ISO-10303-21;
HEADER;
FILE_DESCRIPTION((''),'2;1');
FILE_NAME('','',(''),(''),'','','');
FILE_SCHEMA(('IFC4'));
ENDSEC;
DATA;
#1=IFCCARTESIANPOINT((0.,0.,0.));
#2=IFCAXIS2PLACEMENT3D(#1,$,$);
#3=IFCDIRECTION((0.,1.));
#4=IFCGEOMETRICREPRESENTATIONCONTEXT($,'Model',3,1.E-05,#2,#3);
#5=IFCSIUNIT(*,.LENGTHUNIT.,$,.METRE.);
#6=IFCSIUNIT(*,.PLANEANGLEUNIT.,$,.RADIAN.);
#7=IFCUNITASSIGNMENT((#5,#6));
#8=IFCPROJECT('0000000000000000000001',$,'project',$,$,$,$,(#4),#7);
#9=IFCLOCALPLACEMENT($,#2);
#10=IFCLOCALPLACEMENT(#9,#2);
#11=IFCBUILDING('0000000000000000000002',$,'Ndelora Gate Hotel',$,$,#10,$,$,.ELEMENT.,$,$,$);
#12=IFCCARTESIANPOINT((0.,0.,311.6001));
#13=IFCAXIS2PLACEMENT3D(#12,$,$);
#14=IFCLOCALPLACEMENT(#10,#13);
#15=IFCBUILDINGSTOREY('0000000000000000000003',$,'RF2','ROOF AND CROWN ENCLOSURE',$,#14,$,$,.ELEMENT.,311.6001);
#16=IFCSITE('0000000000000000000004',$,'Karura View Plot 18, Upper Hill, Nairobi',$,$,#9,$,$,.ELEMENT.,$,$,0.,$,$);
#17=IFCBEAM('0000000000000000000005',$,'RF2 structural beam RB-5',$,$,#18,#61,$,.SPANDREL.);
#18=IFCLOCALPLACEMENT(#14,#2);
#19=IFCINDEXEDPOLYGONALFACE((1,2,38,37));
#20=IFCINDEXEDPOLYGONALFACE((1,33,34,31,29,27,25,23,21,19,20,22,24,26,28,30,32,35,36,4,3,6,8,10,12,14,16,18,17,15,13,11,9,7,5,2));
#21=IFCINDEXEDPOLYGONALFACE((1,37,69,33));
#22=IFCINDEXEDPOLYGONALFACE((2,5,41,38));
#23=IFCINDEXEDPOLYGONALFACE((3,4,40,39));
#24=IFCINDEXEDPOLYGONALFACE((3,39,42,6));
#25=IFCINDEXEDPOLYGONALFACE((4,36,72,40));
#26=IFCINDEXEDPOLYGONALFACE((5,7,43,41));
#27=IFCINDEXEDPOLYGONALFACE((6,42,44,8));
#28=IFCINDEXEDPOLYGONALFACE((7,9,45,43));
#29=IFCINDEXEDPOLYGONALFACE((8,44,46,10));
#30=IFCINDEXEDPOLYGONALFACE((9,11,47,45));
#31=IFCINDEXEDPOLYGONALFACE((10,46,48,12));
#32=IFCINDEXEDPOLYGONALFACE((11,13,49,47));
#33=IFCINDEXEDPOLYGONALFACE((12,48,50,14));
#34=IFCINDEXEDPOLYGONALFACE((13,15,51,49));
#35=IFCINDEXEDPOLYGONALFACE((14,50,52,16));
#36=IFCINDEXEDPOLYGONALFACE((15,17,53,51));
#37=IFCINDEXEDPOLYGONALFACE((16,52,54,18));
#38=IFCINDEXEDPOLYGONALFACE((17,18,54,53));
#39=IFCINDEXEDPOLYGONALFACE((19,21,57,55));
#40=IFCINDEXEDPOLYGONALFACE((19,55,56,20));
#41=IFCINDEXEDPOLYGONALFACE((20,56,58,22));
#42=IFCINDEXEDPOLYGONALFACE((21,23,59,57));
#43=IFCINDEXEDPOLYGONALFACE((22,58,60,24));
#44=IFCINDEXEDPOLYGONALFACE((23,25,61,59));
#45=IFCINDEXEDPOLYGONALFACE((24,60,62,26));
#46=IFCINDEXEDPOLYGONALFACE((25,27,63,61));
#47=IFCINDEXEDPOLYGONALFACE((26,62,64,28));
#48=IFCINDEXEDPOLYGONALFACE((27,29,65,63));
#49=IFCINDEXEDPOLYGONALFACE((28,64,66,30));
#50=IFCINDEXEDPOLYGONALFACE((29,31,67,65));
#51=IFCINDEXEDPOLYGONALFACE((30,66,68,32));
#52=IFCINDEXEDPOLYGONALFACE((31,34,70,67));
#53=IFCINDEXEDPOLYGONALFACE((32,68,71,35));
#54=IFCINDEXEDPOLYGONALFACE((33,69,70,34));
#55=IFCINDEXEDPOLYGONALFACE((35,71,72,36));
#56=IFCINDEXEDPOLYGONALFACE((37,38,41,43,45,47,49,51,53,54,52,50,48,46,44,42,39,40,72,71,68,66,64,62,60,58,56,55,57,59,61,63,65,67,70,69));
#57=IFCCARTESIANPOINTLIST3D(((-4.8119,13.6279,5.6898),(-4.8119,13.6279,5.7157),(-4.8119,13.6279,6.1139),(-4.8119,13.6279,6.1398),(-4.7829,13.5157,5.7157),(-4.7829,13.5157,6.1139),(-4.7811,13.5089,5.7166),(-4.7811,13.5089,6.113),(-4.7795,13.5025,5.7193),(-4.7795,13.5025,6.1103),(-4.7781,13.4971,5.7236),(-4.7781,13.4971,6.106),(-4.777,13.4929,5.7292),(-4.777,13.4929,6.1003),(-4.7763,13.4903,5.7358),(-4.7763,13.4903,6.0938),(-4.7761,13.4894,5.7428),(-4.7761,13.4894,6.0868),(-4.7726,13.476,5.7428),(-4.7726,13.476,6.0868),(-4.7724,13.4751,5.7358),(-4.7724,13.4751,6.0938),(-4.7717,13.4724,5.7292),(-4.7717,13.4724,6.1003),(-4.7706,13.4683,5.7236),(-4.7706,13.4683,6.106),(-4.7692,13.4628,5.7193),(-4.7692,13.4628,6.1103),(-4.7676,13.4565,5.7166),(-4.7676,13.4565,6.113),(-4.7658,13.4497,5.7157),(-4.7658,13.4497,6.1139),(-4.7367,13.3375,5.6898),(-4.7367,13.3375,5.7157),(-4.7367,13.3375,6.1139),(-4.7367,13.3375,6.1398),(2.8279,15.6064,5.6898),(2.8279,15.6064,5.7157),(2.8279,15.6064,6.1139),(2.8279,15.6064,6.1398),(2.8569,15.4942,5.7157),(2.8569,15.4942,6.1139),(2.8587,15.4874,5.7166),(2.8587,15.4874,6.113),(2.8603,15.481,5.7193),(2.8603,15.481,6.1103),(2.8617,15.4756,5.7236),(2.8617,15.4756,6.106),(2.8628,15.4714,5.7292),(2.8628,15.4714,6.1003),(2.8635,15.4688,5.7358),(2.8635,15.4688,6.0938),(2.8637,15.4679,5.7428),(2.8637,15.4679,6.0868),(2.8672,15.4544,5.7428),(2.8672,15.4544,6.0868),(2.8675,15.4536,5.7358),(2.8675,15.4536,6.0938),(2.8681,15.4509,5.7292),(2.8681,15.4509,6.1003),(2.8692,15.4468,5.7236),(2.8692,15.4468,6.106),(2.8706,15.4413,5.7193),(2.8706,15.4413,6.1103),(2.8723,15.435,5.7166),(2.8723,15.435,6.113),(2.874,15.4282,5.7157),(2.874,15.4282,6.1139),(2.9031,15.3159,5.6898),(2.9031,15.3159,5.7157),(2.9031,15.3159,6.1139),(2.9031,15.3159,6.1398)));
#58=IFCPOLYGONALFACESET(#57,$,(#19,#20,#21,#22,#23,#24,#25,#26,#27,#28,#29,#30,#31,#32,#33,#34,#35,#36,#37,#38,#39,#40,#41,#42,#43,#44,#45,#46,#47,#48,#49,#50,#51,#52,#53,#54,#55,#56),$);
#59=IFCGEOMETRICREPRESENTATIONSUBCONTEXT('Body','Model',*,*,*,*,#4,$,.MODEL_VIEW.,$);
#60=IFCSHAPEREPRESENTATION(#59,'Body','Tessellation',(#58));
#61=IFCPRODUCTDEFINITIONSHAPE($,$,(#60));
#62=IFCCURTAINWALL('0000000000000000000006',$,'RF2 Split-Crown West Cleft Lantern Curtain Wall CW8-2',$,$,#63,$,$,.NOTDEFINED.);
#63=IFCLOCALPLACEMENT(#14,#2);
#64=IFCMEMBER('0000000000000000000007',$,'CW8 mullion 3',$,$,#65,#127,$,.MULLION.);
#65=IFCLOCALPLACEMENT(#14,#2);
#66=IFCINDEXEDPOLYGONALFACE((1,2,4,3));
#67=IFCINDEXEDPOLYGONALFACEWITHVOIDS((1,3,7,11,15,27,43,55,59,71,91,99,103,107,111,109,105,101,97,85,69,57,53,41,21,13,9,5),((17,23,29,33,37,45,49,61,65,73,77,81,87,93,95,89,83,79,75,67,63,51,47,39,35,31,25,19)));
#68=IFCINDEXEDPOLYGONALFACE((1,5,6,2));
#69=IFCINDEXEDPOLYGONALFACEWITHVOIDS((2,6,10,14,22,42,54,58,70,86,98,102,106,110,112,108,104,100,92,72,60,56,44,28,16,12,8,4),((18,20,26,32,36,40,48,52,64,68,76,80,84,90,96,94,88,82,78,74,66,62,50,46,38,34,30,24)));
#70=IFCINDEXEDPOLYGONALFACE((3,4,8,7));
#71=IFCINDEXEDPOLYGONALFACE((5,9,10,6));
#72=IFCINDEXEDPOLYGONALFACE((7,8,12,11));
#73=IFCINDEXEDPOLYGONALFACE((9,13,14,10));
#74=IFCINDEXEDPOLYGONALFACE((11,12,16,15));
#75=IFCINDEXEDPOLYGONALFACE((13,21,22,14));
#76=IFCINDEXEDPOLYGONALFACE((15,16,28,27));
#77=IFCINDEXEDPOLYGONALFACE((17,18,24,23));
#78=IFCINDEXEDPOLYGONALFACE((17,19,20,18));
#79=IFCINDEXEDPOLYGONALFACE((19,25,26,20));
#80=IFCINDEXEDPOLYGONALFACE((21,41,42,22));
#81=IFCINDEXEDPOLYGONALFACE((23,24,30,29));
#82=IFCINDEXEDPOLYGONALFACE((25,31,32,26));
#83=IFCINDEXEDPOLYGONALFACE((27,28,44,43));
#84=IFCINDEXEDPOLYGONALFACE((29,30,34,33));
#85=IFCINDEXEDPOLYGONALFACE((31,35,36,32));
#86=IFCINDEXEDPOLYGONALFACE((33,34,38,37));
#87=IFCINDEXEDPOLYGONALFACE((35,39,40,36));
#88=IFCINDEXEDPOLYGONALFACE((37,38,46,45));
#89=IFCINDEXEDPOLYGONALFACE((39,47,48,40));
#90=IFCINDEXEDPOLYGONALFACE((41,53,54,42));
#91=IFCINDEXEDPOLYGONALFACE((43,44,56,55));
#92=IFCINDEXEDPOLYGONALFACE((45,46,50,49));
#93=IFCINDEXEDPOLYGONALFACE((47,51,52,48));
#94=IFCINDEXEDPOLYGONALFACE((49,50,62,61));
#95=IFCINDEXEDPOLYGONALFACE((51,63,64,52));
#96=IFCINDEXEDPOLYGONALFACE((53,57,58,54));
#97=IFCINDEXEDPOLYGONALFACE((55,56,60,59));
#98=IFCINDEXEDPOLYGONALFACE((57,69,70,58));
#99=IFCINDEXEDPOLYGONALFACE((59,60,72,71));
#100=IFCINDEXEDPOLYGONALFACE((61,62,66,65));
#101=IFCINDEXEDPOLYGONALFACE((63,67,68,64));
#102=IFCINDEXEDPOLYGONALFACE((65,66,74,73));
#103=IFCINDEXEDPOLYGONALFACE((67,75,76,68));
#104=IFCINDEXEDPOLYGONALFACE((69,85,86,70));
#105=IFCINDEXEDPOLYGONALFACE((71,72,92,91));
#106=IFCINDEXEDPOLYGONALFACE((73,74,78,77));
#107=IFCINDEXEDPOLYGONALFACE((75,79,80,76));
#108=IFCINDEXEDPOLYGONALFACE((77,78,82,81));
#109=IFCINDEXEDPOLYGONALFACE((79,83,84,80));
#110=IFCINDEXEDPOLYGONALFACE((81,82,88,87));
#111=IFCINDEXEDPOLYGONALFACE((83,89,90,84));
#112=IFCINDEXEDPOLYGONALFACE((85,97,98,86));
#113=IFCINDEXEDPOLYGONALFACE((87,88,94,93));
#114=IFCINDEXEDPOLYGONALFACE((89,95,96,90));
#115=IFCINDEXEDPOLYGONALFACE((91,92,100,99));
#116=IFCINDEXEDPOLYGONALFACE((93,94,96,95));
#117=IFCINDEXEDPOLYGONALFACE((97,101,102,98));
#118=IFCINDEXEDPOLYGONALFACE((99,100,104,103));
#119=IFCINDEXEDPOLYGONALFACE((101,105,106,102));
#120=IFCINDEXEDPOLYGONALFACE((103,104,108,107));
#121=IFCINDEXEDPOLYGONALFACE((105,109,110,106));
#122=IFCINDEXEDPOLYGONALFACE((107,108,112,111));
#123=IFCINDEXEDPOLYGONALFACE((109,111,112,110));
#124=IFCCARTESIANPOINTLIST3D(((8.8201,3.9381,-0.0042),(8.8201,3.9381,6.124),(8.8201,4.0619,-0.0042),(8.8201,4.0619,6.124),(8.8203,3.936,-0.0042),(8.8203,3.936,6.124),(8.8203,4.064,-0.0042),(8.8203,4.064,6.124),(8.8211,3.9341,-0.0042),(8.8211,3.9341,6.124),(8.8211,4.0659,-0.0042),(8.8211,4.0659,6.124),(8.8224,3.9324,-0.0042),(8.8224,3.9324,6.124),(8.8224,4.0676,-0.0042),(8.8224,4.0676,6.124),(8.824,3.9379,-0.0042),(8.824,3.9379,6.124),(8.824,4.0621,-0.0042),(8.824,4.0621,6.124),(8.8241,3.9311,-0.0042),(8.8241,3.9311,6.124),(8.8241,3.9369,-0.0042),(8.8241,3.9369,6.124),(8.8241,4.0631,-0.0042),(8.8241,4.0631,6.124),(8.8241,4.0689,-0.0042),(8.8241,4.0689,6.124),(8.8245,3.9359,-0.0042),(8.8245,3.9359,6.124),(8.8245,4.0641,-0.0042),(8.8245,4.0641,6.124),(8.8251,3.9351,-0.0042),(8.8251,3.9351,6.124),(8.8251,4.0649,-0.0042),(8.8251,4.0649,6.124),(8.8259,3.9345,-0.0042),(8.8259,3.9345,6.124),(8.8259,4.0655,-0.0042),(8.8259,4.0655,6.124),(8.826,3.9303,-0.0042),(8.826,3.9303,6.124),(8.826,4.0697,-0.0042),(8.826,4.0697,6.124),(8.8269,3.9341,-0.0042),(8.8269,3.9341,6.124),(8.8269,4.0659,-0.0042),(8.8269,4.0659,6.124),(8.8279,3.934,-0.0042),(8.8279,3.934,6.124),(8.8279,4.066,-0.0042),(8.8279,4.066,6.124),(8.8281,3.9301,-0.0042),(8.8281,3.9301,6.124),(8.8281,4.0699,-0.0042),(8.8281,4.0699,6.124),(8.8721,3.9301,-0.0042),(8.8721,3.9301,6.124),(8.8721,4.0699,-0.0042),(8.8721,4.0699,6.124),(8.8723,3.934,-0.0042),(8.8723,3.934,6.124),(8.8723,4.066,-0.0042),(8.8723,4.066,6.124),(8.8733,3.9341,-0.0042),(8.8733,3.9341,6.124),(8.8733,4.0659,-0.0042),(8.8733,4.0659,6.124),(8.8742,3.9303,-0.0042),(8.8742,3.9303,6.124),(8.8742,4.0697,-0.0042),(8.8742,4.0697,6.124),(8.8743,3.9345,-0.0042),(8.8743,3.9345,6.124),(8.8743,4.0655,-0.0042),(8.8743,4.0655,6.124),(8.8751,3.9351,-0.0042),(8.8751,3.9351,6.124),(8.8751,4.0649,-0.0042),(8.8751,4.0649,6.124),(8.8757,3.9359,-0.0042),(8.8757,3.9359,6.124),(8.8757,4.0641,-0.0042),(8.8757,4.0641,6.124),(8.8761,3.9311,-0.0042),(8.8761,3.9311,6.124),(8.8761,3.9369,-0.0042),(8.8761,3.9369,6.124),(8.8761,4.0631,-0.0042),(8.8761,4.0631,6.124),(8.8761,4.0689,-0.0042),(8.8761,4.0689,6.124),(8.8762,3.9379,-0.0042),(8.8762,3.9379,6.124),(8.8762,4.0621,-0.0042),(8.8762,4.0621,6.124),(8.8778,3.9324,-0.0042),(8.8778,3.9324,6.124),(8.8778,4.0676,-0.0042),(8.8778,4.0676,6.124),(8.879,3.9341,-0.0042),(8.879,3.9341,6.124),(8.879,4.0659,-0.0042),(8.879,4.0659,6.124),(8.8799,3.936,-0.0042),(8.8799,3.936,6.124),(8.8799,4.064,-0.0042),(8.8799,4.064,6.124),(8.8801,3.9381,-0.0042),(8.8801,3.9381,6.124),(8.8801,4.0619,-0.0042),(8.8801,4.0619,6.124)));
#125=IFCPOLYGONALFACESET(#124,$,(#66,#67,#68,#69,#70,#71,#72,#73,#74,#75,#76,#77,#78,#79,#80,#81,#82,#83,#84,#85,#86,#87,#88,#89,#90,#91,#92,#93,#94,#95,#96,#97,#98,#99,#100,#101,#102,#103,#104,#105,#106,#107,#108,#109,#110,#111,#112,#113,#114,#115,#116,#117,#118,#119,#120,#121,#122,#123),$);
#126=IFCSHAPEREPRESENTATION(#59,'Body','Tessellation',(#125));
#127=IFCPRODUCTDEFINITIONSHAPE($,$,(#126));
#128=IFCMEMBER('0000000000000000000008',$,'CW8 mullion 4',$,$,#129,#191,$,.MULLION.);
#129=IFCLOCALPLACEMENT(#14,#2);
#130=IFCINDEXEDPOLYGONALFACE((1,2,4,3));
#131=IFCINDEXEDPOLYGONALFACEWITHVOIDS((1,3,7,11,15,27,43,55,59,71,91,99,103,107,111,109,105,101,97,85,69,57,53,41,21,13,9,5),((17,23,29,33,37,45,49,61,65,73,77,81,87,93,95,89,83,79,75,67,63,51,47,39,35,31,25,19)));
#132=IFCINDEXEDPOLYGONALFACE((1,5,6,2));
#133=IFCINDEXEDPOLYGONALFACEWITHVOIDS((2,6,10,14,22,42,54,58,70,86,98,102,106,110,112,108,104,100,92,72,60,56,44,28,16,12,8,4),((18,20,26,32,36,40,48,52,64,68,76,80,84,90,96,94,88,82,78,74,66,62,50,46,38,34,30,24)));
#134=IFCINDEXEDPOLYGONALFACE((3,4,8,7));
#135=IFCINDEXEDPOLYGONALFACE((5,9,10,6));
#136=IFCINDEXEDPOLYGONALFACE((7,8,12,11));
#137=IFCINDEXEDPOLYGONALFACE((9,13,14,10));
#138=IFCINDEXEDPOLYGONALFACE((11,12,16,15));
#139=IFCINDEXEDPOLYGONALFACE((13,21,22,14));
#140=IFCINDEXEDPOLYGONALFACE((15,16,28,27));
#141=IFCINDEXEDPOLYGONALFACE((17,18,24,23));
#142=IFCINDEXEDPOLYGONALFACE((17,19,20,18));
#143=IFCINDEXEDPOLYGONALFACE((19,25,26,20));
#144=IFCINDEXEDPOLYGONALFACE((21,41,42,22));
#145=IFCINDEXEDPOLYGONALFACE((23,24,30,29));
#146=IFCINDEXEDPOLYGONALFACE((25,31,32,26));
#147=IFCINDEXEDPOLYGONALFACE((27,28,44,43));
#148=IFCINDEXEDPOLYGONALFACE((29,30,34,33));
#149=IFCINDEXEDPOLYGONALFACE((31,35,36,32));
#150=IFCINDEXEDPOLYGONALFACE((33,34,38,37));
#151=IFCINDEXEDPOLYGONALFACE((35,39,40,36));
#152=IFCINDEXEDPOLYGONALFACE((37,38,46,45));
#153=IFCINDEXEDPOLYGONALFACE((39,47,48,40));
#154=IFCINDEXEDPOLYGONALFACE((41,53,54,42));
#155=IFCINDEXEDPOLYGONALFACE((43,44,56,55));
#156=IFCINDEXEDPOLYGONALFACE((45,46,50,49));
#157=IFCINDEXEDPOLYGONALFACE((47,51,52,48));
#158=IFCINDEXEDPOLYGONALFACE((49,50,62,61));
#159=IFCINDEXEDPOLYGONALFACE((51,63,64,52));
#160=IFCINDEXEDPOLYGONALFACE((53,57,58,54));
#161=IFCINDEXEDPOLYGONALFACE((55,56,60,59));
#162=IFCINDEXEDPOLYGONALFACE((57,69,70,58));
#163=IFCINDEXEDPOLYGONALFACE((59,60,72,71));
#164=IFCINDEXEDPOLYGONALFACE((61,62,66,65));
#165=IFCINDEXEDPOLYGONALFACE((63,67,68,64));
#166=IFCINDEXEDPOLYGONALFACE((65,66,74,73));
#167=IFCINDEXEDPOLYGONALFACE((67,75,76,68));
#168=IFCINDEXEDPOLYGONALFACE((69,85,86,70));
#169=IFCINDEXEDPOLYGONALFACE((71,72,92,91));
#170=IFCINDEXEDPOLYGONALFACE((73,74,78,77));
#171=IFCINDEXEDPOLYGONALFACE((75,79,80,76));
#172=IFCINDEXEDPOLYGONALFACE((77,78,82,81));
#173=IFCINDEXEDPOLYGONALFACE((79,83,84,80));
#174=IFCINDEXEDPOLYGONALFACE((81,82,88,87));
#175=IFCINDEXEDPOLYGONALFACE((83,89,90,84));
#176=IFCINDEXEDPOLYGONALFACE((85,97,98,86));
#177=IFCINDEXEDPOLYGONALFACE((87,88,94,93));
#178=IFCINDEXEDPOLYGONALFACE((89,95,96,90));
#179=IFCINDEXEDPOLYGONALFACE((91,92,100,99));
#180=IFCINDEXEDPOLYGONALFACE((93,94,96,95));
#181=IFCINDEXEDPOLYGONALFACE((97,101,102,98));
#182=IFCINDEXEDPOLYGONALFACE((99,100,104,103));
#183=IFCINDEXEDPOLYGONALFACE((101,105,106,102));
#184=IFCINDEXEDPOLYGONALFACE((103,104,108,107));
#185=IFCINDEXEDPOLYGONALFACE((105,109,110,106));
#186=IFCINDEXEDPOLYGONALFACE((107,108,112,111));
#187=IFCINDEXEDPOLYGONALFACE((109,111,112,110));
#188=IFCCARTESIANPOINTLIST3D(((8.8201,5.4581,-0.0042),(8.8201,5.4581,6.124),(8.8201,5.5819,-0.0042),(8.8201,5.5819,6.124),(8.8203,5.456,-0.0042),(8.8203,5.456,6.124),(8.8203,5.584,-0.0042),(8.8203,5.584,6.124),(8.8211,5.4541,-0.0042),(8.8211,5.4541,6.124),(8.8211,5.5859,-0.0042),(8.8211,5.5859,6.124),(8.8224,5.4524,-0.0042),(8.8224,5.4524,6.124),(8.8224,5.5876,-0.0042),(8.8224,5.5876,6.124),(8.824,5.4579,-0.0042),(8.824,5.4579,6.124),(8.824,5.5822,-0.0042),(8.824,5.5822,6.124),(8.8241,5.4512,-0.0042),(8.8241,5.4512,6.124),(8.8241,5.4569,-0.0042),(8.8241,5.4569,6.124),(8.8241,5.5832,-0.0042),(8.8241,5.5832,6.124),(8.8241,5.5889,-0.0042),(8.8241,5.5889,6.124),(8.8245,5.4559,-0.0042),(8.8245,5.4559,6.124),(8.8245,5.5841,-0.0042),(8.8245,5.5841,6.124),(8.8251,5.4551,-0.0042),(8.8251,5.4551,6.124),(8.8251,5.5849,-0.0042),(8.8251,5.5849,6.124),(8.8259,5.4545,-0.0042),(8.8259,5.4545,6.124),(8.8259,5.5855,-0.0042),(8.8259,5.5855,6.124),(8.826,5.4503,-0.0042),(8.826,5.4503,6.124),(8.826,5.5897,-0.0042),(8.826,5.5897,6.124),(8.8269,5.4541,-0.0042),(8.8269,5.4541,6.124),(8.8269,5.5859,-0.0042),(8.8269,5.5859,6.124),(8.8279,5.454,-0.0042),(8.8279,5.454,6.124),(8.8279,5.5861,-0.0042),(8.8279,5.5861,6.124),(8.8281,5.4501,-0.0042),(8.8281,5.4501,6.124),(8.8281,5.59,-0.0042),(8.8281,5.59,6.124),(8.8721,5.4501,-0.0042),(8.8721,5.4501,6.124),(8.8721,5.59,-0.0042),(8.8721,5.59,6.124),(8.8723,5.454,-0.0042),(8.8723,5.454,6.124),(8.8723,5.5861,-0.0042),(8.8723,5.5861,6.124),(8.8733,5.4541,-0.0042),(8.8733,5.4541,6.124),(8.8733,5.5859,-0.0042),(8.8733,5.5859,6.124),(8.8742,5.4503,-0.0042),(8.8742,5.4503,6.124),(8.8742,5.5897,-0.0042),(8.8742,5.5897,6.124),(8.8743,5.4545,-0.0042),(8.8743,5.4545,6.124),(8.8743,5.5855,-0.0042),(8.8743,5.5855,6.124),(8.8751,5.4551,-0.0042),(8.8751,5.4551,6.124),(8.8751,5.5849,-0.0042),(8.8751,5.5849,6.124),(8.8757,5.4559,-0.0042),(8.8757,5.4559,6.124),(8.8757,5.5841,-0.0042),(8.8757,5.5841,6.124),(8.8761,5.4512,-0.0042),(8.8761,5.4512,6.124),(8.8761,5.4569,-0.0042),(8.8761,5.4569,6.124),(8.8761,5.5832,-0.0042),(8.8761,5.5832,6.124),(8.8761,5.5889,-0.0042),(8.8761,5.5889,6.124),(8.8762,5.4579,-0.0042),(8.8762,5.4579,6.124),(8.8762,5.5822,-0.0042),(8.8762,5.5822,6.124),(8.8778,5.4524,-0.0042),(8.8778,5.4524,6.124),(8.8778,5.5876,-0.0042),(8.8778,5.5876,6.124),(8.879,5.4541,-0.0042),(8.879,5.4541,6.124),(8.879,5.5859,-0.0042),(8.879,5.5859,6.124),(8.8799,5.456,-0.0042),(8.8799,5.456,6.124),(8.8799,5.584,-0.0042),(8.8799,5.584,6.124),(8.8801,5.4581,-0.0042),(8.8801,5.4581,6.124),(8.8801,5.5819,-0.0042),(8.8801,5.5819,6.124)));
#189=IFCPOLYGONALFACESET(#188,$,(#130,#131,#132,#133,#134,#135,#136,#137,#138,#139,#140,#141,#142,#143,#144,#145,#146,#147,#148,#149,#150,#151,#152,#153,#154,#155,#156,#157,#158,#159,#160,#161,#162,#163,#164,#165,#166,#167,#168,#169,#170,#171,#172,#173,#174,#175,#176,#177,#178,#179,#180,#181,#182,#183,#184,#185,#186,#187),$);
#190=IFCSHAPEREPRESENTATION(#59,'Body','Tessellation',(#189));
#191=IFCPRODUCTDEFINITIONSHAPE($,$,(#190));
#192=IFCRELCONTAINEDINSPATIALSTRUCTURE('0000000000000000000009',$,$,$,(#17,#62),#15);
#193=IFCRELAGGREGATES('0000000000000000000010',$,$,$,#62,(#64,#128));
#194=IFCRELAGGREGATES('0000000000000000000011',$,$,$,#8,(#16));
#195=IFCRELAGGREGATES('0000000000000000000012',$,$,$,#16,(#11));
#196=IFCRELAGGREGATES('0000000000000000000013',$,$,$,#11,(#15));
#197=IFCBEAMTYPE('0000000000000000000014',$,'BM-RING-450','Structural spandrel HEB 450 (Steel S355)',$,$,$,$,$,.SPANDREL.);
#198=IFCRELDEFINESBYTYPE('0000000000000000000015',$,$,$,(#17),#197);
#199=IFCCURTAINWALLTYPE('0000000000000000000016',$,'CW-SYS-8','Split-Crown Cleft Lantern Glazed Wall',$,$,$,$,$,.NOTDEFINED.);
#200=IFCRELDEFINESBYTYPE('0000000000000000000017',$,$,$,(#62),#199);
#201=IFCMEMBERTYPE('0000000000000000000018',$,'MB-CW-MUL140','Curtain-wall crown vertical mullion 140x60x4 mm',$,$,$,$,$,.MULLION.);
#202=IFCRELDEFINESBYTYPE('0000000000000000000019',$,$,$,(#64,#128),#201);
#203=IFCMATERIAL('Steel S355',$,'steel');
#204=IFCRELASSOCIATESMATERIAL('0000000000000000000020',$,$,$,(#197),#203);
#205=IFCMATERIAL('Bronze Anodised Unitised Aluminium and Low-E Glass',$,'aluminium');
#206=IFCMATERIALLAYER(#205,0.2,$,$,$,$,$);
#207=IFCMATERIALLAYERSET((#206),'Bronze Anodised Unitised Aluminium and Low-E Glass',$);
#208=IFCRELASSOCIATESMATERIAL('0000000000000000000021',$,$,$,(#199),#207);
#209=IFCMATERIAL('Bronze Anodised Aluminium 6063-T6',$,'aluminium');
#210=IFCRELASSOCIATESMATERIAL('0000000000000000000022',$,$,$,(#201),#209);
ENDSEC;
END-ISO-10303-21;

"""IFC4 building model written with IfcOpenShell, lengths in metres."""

from ifc_helpers import new_model, si_unit, direction, frame, origin, origin_2d, place, context, subcontext, project, spatial, hollow_rectangle, i_section, extrude, material, layer, layer_set, material_profile, profile_set, type_object, element, aggregate, save


model = new_model("IFC4")

# Units and contexts
model_context = context("Model", 3, precision=1e-05, world=origin(), true_north=direction((0.0, 1.0)))
body_context = subcontext(model_context, "Body", "Model", "MODEL_VIEW")
ifc_project = project(units=[si_unit("LENGTHUNIT", "METRE"), si_unit("PLANEANGLEUNIT", "RADIAN")], contexts=[model_context])

# Site, building, storey
site_placement = place(None, origin())
site = spatial("IfcSite", under=ifc_project, at=site_placement, Name="Karura View Plot 18, Upper Hill, Nairobi", CompositionType="ELEMENT", RefElevation=0.0)
building_placement = place(site_placement, origin())
building = spatial("IfcBuilding", under=site, at=building_placement, Name="Ndelora Gate Hotel", CompositionType="ELEMENT")
storey_placement = place(building_placement, frame((0.0, 0.0, 311.6001)))
storey = spatial("IfcBuildingStorey", under=building, at=storey_placement, Name="RF2", Description="ROOF AND CROWN ENCLOSURE", CompositionType="ELEMENT", Elevation=311.6001)

# Beam
ifc_material_1 = material(Name="Steel S355", Category="steel")
ifc_material_profile_1 = material_profile(ifc_material_1, i_section(OverallWidth=0.3, OverallDepth=0.45, WebThickness=0.0139, FlangeThickness=0.0259, FilletRadius=0.0271, at=origin_2d()), Name="HEB 450")
ifc_profile_set_1 = profile_set([ifc_material_profile_1], Name="Steel S355")
beam_type_1 = type_object("IfcBeamType", Name="BM-RING-450", Description="Structural spandrel HEB 450 (Steel S355)", PredefinedType="SPANDREL", material=ifc_profile_set_1)
beam_1_placement = place(storey_placement, frame((2.8655, 15.4612, 5.9148), z_axis=(-0.968064, -0.250701, 0.0), x_axis=(0.250701, -0.968064, 0.0)))
element("IfcBeam", 1, at=beam_1_placement, inside=storey, type_object=beam_type_1, Name="RF2 structural beam RB-5", PredefinedType="SPANDREL", context=body_context, shape_type="SweptSolid", body=[
    extrude(i_section(OverallWidth=0.3, OverallDepth=0.45, WebThickness=0.0139, FlangeThickness=0.0259, FilletRadius=0.0271, at=origin_2d()), origin(), (0.0, 0.0, 1.0), 7.8918),
])

# Curtain wall, members
ifc_material_2 = material(Name="Bronze Anodised Unitised Aluminium and Low-E Glass", Category="aluminium")
ifc_layer_1 = layer(ifc_material_2, 0.2)
ifc_layer_set_1 = layer_set([ifc_layer_1], Name="Bronze Anodised Unitised Aluminium and Low-E Glass")
curtain_wall_type = type_object("IfcCurtainWallType", Name="CW-SYS-8", Description="Split-Crown Cleft Lantern Glazed Wall", PredefinedType="NOTDEFINED", material=ifc_layer_set_1)
curtain_wall_placement = place(storey_placement, origin())
curtain_wall = element("IfcCurtainWall", 2, at=curtain_wall_placement, inside=storey, type_object=curtain_wall_type, Name="RF2 Split-Crown West Cleft Lantern Curtain Wall CW8-2", PredefinedType="NOTDEFINED")
ifc_material_3 = material(Name="Bronze Anodised Aluminium 6063-T6", Category="aluminium")
ifc_material_profile_2 = material_profile(ifc_material_3, hollow_rectangle(XDim=0.0601, YDim=0.1399, WallThickness=0.0039, InnerFilletRadius=0.0039, OuterFilletRadius=0.0081, at=origin_2d()), Name="ALU 140x60x4")
ifc_profile_set_2 = profile_set([ifc_material_profile_2], Name="Bronze Anodised Aluminium 6063-T6")
member_type_1 = type_object("IfcMemberType", Name="MB-CW-MUL140", Description="Curtain-wall crown vertical mullion 140x60x4 mm", PredefinedType="MULLION", material=ifc_profile_set_2)
member_1_placement = place(storey_placement, frame((8.8501, 4.0, -0.0042), z_axis=(0.0, 0.0, 1.0), x_axis=(-1.0, 0.0, 0.0)))
member_1 = element("IfcMember", 3, at=member_1_placement, type_object=member_type_1, Name="CW8 mullion 3", PredefinedType="MULLION", context=body_context, shape_type="SweptSolid", body=[
    extrude(hollow_rectangle(XDim=0.0601, YDim=0.1399, WallThickness=0.0039, InnerFilletRadius=0.0039, OuterFilletRadius=0.0081, at=origin_2d()), origin(), (0.0, 0.0, 1.0), 6.1282),
])
member_2_placement = place(storey_placement, frame((8.8501, 5.52, -0.0042), z_axis=(0.0, 0.0, 1.0), x_axis=(-1.0, 0.0, 0.0)))
member_2 = element("IfcMember", 4, at=member_2_placement, type_object=member_type_1, Name="CW8 mullion 4", PredefinedType="MULLION", context=body_context, shape_type="SweptSolid", body=[
    extrude(hollow_rectangle(XDim=0.0601, YDim=0.1399, WallThickness=0.0039, InnerFilletRadius=0.0039, OuterFilletRadius=0.0081, at=origin_2d()), origin(), (0.0, 0.0, 1.0), 6.1282),
])
aggregate(curtain_wall, [member_1, member_2])

save(model, "model.ifc")
